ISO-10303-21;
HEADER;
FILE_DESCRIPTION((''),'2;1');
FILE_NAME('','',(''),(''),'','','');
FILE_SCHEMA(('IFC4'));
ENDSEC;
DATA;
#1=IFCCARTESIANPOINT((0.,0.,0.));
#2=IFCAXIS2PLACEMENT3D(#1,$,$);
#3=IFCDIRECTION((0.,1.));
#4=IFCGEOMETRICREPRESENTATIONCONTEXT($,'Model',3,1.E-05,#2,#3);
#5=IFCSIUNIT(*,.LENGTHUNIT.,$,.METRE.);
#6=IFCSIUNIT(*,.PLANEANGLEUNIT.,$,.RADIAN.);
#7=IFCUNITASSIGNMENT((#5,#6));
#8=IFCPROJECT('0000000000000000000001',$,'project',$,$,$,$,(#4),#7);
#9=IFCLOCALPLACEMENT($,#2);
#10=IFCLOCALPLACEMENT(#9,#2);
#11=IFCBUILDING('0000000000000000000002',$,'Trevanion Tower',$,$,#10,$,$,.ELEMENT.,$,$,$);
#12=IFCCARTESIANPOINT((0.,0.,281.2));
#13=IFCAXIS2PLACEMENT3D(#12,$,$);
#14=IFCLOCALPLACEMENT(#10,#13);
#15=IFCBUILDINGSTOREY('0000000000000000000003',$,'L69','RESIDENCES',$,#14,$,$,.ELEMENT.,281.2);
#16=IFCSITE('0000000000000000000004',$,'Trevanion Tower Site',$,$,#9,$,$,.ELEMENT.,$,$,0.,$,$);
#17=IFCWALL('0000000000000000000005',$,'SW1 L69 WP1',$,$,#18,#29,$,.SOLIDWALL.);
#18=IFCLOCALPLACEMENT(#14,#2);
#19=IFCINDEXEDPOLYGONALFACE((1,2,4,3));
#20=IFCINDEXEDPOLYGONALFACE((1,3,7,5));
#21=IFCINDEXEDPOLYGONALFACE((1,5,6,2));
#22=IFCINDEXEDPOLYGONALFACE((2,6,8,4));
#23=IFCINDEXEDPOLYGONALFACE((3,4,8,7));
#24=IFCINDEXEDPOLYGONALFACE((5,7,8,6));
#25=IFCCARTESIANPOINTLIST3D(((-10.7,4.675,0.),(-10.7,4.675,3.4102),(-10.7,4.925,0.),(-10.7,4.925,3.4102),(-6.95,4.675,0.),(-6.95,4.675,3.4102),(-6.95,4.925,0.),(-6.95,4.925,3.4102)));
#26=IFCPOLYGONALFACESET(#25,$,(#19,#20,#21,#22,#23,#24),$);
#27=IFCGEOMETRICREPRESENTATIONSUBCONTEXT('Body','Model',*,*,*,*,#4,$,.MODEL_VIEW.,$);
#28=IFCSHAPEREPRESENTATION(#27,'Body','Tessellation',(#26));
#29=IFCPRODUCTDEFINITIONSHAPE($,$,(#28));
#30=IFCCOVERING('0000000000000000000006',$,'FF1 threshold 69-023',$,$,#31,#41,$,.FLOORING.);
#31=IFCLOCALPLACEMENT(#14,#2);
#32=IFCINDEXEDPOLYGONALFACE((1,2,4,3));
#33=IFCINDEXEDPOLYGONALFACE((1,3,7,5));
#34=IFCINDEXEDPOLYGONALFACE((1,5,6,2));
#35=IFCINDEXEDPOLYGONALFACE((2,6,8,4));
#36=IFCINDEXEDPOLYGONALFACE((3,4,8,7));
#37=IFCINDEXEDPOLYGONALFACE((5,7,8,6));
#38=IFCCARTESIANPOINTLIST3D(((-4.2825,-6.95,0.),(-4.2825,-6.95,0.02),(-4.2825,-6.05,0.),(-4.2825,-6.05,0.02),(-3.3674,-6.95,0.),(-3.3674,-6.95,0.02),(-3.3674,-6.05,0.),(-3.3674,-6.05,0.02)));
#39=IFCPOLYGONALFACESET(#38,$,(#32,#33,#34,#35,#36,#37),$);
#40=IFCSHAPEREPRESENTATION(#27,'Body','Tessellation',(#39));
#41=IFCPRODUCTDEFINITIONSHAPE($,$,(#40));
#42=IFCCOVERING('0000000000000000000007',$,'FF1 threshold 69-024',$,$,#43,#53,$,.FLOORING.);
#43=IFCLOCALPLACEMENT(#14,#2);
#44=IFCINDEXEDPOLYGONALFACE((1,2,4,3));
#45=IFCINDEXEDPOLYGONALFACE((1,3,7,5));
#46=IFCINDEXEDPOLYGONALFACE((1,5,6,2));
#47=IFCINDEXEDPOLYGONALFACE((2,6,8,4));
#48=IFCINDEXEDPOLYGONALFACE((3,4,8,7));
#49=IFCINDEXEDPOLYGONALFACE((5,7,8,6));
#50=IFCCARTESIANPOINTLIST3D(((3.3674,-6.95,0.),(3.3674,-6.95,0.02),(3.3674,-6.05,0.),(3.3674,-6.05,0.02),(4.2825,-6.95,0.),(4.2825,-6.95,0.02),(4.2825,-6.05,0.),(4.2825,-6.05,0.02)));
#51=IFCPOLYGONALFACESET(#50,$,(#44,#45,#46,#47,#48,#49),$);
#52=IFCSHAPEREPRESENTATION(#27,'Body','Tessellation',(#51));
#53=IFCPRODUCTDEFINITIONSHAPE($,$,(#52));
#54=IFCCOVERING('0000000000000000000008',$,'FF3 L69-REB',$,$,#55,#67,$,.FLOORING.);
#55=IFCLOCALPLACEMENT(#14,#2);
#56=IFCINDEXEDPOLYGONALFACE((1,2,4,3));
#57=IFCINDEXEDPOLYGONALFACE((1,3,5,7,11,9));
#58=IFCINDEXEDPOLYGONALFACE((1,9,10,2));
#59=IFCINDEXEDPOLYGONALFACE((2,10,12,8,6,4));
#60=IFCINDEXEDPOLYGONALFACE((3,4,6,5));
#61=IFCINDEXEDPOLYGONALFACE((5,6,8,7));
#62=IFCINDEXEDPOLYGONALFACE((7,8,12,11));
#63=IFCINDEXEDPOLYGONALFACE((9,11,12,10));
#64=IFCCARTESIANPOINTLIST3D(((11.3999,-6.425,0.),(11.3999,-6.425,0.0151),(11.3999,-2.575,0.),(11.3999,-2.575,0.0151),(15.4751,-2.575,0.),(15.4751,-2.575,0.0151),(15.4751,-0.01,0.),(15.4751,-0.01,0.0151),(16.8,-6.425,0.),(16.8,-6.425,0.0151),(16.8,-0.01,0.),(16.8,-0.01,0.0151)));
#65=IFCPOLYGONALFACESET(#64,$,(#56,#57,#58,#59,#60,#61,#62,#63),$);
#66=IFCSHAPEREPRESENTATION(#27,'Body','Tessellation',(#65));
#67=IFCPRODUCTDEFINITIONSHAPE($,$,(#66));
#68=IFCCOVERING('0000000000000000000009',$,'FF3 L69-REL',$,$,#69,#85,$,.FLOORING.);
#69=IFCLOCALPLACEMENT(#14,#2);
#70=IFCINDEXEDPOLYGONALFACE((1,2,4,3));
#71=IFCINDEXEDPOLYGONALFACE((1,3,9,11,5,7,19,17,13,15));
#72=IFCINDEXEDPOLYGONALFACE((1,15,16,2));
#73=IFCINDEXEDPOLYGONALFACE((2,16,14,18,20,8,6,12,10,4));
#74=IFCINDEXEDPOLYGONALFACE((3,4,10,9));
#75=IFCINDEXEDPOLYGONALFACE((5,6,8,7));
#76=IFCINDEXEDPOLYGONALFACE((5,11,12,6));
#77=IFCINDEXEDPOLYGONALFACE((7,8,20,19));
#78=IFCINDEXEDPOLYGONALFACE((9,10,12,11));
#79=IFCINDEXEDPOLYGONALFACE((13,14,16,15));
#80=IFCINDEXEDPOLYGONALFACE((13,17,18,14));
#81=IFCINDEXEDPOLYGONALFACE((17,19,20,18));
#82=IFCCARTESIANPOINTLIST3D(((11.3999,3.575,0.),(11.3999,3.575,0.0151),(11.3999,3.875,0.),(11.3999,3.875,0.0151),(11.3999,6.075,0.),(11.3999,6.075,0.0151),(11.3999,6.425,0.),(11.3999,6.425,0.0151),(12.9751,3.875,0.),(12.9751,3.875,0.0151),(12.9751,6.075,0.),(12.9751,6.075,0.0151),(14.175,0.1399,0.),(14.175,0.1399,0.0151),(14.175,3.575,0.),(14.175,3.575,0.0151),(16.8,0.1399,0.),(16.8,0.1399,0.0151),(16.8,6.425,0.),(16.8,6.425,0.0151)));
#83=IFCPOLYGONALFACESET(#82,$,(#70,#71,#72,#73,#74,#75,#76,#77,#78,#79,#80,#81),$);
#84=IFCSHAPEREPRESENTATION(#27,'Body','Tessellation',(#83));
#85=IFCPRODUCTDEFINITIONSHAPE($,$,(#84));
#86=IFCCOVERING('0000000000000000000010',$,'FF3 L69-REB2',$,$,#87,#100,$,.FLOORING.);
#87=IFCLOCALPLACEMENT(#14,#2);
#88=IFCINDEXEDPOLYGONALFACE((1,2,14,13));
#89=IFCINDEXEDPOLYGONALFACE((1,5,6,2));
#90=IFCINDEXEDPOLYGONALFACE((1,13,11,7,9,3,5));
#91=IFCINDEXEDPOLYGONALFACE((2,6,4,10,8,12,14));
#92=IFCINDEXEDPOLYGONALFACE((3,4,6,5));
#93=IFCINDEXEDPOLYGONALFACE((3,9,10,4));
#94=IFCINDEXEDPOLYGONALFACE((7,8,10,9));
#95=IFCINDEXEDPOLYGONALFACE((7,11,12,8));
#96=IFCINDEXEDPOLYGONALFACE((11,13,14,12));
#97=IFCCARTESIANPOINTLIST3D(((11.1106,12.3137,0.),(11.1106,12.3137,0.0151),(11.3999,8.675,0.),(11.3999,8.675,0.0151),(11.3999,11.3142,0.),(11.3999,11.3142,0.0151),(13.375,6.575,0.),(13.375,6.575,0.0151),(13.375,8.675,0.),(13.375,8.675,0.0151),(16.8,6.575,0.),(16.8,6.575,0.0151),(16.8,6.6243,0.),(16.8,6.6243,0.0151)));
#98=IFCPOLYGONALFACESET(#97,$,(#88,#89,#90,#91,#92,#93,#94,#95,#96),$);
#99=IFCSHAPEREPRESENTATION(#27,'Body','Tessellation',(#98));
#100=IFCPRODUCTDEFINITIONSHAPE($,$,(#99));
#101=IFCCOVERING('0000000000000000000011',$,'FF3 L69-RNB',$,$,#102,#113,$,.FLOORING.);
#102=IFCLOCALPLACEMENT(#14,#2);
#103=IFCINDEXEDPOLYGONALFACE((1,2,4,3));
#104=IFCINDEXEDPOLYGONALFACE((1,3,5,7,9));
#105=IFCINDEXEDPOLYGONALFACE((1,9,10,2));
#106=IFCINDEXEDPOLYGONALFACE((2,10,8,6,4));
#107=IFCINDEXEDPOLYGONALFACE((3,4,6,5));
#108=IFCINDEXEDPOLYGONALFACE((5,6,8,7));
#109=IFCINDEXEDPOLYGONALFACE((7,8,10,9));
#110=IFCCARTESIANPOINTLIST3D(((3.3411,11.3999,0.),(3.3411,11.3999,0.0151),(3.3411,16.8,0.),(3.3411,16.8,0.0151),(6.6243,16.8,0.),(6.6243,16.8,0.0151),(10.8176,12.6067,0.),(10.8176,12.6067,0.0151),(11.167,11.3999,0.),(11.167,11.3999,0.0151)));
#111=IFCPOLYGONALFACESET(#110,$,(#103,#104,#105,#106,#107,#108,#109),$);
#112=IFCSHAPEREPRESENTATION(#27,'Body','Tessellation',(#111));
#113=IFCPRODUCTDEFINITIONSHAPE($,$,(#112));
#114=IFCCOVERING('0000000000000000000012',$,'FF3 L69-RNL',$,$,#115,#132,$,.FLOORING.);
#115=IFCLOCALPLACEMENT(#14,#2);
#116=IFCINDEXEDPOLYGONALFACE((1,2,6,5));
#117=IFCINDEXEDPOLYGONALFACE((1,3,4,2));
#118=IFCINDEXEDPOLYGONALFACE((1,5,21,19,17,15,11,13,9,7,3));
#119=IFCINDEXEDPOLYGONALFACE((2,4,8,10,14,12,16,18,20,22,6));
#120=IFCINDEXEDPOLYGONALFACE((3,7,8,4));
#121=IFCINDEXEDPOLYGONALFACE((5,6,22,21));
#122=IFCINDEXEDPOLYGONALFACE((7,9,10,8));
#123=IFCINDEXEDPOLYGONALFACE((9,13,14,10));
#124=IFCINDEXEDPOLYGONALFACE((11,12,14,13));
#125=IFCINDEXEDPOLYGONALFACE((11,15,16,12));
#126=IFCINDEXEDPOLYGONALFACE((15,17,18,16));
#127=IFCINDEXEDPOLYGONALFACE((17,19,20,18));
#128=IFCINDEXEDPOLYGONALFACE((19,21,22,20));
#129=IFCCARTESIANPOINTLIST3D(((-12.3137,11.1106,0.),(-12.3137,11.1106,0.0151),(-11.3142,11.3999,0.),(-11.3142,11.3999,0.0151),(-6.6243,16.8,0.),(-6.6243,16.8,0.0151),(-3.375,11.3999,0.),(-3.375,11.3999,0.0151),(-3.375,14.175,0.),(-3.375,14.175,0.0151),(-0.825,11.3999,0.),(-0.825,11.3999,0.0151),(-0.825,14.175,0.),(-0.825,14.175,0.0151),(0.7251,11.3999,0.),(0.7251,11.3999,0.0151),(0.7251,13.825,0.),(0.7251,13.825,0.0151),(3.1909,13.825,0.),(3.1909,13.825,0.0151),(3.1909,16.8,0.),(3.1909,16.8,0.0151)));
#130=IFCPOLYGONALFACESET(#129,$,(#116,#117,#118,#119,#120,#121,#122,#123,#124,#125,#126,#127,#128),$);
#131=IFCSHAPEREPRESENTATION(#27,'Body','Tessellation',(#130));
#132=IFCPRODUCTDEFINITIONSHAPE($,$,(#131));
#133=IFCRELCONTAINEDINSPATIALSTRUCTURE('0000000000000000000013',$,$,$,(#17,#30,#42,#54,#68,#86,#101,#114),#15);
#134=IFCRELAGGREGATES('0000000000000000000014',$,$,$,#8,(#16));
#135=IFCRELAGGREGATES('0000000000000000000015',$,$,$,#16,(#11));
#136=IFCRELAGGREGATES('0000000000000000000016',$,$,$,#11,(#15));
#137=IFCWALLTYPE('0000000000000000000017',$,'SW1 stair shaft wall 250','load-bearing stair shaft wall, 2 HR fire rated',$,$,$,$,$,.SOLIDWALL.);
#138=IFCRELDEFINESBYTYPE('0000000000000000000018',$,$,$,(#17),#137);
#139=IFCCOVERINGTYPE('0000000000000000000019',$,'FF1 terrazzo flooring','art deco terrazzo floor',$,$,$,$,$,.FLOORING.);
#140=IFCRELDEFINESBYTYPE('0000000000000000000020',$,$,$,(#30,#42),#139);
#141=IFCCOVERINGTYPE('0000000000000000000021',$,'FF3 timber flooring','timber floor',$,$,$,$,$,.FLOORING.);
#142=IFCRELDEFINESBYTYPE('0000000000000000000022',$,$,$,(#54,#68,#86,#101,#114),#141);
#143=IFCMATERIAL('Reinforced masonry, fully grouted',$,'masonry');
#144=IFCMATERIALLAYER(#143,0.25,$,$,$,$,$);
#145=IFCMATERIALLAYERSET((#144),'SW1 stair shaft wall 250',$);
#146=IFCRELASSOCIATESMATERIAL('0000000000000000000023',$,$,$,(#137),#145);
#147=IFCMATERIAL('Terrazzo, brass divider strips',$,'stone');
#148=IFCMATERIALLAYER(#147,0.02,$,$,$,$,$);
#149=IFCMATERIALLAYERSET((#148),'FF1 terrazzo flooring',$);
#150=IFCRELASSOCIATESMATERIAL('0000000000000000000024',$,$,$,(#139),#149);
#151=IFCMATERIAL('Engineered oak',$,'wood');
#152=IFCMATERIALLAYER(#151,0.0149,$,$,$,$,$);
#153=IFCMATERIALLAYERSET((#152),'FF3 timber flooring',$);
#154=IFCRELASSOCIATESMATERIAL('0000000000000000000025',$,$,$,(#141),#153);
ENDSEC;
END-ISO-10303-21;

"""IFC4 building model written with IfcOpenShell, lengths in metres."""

from ifc_helpers import new_model, si_unit, direction, frame, frame_2d, origin, place, context, subcontext, project, spatial, polyline, rectangle, outline, extrude, material, layer, layer_set, type_object, element, save


model = new_model("IFC4")

# Units and contexts
model_context = context("Model", 3, precision=1e-05, world=origin(), true_north=direction((0.0, 1.0)))
body_context = subcontext(model_context, "Body", "Model", "MODEL_VIEW")
ifc_project = project(units=[si_unit("LENGTHUNIT", "METRE"), si_unit("PLANEANGLEUNIT", "RADIAN")], contexts=[model_context])

# Site, building, storey
site_placement = place(None, origin())
site = spatial("IfcSite", under=ifc_project, at=site_placement, Name="Trevanion Tower Site", CompositionType="ELEMENT", RefElevation=0.0)
building_placement = place(site_placement, origin())
building = spatial("IfcBuilding", under=site, at=building_placement, Name="Trevanion Tower", CompositionType="ELEMENT")
storey_placement = place(building_placement, frame((0.0, 0.0, 281.2)))
storey = spatial("IfcBuildingStorey", under=building, at=storey_placement, Name="L69", Description="RESIDENCES", CompositionType="ELEMENT", Elevation=281.2)

# Wall
ifc_material_1 = material(Name="Reinforced masonry, fully grouted", Category="masonry")
ifc_layer_1 = layer(ifc_material_1, 0.25)
ifc_layer_set_1 = layer_set([ifc_layer_1], Name="SW1 stair shaft wall 250")
wall_type_1 = type_object("IfcWallType", Name="SW1 stair shaft wall 250", Description="load-bearing stair shaft wall, 2 HR fire rated", PredefinedType="SOLIDWALL", material=ifc_layer_set_1)
wall_1_placement = place(storey_placement, frame((-6.95, 4.8, 0.0), z_axis=(0.0, 0.0, 1.0), x_axis=(-1.0, 0.0, 0.0)))
element("IfcWall", 1, at=wall_1_placement, inside=storey, type_object=wall_type_1, Name="SW1 L69 WP1", PredefinedType="SOLIDWALL", context=body_context, shape_type="SweptSolid", body=[
    extrude(rectangle(XDim=3.75, YDim=0.25, at=frame_2d((1.875, 0.0))), origin(), (0.0, 0.0, 1.0), 3.4102),
])

# Coverings
ifc_material_2 = material(Name="Terrazzo, brass divider strips", Category="stone")
ifc_layer_2 = layer(ifc_material_2, 0.02)
ifc_layer_set_2 = layer_set([ifc_layer_2], Name="FF1 terrazzo flooring")
covering_type_1 = type_object("IfcCoveringType", Name="FF1 terrazzo flooring", Description="art deco terrazzo floor", PredefinedType="FLOORING", material=ifc_layer_set_2)
covering_1_placement = place(storey_placement, origin())
element("IfcCovering", 2, at=covering_1_placement, inside=storey, type_object=covering_type_1, Name="FF1 threshold 69-023", PredefinedType="FLOORING", context=body_context, shape_type="SweptSolid", body=[
    extrude(outline(polyline([(-4.2825, -6.95), (-3.3674, -6.95), (-3.3674, -6.05), (-4.2825, -6.05), (-4.2825, -6.95)])), origin(), (0.0, 0.0, 1.0), 0.02),
])
covering_2_placement = place(storey_placement, origin())
element("IfcCovering", 3, at=covering_2_placement, inside=storey, type_object=covering_type_1, Name="FF1 threshold 69-024", PredefinedType="FLOORING", context=body_context, shape_type="SweptSolid", body=[
    extrude(outline(polyline([(3.3674, -6.95), (4.2825, -6.95), (4.2825, -6.05), (3.3674, -6.05), (3.3674, -6.95)])), origin(), (0.0, 0.0, 1.0), 0.02),
])
ifc_material_3 = material(Name="Engineered oak", Category="wood")
ifc_layer_3 = layer(ifc_material_3, 0.0149)
ifc_layer_set_3 = layer_set([ifc_layer_3], Name="FF3 timber flooring")
covering_type_2 = type_object("IfcCoveringType", Name="FF3 timber flooring", Description="timber floor", PredefinedType="FLOORING", material=ifc_layer_set_3)
covering_3_placement = place(storey_placement, origin())
element("IfcCovering", 4, at=covering_3_placement, inside=storey, type_object=covering_type_2, Name="FF3 L69-REB", PredefinedType="FLOORING", context=body_context, shape_type="SweptSolid", body=[
    extrude(outline(polyline([(11.3999, -6.425), (11.3999, -2.575), (15.4751, -2.575), (15.4751, -0.01), (16.8, -0.01), (16.8, -6.425), (11.3999, -6.425)])), origin(), (0.0, 0.0, 1.0), 0.0151),
])
covering_4_placement = place(storey_placement, origin())
element("IfcCovering", 5, at=covering_4_placement, inside=storey, type_object=covering_type_2, Name="FF3 L69-REL", PredefinedType="FLOORING", context=body_context, shape_type="SweptSolid", body=[
    extrude(outline(polyline([(14.175, 0.1399), (14.175, 3.575), (11.3999, 3.575), (11.3999, 3.875), (12.9751, 3.875), (12.9751, 6.075), (11.3999, 6.075), (11.3999, 6.425), (16.8, 6.425), (16.8, 0.1399), (14.175, 0.1399)])), origin(), (0.0, 0.0, 1.0), 0.0151),
])
covering_5_placement = place(storey_placement, origin())
element("IfcCovering", 6, at=covering_5_placement, inside=storey, type_object=covering_type_2, Name="FF3 L69-REB2", PredefinedType="FLOORING", context=body_context, shape_type="SweptSolid", body=[
    extrude(outline(polyline([(13.375, 6.575), (13.375, 8.675), (11.3999, 8.675), (11.3999, 11.3142), (11.1106, 12.3137), (16.8, 6.6243), (16.8, 6.575), (13.375, 6.575)])), origin(), (0.0, 0.0, 1.0), 0.0151),
])
covering_6_placement = place(storey_placement, origin())
element("IfcCovering", 7, at=covering_6_placement, inside=storey, type_object=covering_type_2, Name="FF3 L69-RNB", PredefinedType="FLOORING", context=body_context, shape_type="SweptSolid", body=[
    extrude(outline(polyline([(10.8176, 12.6067), (11.167, 11.3999), (3.3411, 11.3999), (3.3411, 16.8), (6.6243, 16.8), (10.8176, 12.6067)])), origin(), (0.0, 0.0, 1.0), 0.0151),
])
covering_7_placement = place(storey_placement, origin())
element("IfcCovering", 8, at=covering_7_placement, inside=storey, type_object=covering_type_2, Name="FF3 L69-RNL", PredefinedType="FLOORING", context=body_context, shape_type="SweptSolid", body=[
    extrude(outline(polyline([(3.1909, 13.825), (0.7251, 13.825), (0.7251, 11.3999), (-0.825, 11.3999), (-0.825, 14.175), (-3.375, 14.175), (-3.375, 11.3999), (-11.3142, 11.3999), (-12.3137, 11.1106), (-6.6243, 16.8), (3.1909, 16.8), (3.1909, 13.825)])), origin(), (0.0, 0.0, 1.0), 0.0151),
])

save(model, "model.ifc")
